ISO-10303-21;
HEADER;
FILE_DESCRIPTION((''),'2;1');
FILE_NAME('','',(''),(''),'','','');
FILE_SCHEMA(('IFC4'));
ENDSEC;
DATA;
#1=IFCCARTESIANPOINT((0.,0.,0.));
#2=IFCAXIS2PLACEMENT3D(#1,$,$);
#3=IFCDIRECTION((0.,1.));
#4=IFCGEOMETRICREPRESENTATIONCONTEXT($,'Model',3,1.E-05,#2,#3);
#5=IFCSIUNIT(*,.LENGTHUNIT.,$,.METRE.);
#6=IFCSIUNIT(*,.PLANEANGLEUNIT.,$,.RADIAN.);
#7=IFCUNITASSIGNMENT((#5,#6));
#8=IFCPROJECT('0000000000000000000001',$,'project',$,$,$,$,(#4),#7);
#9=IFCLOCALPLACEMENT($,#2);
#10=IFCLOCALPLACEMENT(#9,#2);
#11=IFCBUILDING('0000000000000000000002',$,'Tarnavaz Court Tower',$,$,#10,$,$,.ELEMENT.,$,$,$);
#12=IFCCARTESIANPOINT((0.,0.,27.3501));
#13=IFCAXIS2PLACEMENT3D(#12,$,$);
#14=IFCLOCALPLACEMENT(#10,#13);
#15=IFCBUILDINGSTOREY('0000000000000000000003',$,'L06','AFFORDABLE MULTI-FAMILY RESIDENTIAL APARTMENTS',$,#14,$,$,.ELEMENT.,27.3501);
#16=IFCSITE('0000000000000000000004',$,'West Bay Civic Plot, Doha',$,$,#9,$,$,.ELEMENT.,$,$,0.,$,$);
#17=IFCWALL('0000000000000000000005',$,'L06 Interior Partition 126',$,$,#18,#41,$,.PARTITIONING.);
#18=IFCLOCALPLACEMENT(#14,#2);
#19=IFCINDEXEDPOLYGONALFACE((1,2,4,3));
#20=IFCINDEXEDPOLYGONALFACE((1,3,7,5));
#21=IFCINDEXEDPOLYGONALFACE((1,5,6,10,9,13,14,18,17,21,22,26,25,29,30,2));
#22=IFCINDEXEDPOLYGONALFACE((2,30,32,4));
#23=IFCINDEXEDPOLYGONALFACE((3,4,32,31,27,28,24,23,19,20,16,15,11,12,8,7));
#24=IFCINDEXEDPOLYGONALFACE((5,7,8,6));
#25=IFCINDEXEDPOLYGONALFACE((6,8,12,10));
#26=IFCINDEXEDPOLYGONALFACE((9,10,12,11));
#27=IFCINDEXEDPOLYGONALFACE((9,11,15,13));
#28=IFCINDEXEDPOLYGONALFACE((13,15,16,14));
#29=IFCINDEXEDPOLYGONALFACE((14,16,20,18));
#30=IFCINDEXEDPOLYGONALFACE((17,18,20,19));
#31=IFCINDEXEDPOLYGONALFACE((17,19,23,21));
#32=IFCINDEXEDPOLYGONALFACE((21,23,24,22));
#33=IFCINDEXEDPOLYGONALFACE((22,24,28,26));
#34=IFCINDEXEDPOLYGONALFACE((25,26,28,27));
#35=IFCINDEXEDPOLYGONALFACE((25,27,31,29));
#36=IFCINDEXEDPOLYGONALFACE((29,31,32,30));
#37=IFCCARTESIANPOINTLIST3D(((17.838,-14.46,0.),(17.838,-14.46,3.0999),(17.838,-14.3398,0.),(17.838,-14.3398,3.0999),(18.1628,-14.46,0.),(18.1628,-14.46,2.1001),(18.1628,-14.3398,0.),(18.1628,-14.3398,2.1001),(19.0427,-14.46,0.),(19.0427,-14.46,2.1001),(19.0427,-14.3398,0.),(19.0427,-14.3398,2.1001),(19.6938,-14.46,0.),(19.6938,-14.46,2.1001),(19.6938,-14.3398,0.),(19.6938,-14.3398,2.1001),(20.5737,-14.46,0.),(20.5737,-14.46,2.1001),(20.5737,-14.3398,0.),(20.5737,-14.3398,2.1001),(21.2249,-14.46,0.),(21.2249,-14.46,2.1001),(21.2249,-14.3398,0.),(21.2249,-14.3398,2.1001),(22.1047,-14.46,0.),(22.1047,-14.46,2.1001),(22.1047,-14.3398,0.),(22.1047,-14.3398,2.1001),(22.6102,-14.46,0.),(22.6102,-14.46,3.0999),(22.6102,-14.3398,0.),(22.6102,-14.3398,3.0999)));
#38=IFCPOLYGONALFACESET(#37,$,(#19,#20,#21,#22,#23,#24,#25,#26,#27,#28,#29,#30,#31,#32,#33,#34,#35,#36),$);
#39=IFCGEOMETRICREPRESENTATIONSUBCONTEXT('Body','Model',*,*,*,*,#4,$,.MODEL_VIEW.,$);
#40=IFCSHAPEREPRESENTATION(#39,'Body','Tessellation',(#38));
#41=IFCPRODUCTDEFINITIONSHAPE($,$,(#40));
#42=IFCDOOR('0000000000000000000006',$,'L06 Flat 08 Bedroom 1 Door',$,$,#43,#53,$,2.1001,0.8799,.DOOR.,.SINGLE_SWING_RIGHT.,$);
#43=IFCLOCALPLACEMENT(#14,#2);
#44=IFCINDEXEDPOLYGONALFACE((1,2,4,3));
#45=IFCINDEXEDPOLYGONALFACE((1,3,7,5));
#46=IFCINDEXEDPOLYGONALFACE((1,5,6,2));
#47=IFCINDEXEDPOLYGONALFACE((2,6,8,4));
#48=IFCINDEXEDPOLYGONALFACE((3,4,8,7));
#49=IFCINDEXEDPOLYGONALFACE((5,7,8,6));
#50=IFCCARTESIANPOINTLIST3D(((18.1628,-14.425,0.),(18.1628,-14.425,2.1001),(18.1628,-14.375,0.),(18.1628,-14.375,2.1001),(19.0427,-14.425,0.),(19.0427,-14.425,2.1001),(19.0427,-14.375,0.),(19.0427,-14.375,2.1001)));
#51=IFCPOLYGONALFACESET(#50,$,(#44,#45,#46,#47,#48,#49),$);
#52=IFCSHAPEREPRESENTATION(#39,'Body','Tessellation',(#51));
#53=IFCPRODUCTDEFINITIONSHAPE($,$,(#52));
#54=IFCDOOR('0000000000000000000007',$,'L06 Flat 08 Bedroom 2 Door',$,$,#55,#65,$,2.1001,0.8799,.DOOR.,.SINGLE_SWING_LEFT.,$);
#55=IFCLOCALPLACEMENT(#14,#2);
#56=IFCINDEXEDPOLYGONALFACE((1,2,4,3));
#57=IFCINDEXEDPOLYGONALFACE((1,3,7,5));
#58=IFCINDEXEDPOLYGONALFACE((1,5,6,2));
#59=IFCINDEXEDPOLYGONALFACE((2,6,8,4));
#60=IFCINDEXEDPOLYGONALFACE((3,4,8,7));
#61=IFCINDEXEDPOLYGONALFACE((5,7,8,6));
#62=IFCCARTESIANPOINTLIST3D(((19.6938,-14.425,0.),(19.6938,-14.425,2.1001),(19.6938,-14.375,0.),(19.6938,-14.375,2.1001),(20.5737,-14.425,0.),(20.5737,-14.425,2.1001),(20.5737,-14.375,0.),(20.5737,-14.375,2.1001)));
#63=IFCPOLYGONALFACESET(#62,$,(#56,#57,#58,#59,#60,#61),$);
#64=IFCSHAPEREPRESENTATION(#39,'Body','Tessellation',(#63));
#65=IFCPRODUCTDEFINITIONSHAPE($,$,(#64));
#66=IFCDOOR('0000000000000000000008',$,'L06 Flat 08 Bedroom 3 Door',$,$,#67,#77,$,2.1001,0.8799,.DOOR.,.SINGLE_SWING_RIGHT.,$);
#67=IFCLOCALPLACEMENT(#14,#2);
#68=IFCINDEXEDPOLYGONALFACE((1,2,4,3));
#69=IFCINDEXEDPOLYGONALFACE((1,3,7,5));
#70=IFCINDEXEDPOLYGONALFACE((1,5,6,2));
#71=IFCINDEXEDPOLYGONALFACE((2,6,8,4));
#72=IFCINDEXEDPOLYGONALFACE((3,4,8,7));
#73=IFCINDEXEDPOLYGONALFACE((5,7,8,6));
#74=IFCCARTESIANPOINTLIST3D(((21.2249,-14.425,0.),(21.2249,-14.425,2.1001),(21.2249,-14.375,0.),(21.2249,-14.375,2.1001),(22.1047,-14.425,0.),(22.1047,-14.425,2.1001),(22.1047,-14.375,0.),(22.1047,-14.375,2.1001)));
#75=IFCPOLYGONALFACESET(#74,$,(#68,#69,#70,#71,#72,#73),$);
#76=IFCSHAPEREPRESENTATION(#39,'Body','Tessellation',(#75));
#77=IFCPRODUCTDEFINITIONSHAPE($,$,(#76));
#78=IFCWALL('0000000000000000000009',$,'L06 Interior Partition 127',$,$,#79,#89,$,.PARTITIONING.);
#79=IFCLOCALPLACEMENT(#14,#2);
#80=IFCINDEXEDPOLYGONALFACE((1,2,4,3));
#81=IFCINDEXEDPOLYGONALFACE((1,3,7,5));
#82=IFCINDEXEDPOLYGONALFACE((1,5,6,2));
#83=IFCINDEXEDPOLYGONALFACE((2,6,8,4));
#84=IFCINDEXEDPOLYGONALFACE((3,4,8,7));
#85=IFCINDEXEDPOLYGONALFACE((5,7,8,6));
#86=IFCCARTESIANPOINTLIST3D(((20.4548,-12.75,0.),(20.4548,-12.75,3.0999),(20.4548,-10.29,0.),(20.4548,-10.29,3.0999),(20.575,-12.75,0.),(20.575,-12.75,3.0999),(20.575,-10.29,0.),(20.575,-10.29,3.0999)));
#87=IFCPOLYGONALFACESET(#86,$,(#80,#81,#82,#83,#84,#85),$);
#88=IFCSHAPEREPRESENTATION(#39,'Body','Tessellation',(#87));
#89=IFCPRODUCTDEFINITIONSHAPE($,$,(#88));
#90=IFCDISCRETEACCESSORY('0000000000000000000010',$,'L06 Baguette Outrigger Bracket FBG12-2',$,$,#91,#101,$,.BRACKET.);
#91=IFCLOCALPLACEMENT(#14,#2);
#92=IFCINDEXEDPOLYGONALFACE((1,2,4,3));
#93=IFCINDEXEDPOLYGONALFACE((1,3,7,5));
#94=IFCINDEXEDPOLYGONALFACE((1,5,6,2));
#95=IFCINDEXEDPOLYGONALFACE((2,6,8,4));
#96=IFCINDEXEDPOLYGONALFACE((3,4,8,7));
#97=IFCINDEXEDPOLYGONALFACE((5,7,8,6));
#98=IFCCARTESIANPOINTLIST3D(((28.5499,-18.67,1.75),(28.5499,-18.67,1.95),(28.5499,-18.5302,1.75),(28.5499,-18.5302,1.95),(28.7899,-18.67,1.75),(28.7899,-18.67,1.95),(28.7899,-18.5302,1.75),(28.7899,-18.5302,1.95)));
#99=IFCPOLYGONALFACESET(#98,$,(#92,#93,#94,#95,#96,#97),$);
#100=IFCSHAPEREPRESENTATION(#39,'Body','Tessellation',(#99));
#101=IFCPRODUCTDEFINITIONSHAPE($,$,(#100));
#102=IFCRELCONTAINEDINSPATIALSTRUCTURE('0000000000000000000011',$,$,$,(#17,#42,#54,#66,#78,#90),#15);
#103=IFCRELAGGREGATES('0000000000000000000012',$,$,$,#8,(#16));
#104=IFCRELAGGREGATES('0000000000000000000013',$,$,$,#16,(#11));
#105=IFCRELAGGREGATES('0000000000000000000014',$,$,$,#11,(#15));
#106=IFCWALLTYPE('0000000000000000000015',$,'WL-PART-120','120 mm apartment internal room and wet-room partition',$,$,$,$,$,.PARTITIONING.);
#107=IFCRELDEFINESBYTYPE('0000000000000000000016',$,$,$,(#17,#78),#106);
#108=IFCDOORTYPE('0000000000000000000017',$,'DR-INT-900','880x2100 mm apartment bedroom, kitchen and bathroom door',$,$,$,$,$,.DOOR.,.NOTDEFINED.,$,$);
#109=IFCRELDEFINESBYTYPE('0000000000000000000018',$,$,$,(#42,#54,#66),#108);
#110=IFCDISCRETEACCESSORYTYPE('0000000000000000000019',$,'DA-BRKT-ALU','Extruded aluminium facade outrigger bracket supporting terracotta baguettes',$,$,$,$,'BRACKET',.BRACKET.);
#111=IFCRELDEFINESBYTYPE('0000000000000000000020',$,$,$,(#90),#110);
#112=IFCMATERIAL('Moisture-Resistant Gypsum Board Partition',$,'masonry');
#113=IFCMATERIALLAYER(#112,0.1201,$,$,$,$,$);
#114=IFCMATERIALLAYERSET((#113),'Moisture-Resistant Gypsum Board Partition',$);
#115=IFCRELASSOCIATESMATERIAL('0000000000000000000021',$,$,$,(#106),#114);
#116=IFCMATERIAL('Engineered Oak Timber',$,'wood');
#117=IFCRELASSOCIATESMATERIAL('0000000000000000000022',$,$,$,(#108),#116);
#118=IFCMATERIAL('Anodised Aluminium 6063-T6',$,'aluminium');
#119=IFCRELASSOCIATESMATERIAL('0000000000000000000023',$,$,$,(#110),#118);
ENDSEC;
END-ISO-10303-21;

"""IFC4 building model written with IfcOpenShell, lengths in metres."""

from ifc_helpers import new_model, si_unit, direction, frame, frame_2d, origin, origin_2d, place, context, subcontext, project, spatial, rectangle, extrude, material, layer, layer_set, type_object, element, fill, save


model = new_model("IFC4")

# Units and contexts
model_context = context("Model", 3, precision=1e-05, world=origin(), true_north=direction((0.0, 1.0)))
body_context = subcontext(model_context, "Body", "Model", "MODEL_VIEW")
ifc_project = project(units=[si_unit("LENGTHUNIT", "METRE"), si_unit("PLANEANGLEUNIT", "RADIAN")], contexts=[model_context])

# Site, building, storey
site_placement = place(None, origin())
site = spatial("IfcSite", under=ifc_project, at=site_placement, Name="West Bay Civic Plot, Doha", CompositionType="ELEMENT", RefElevation=0.0)
building_placement = place(site_placement, origin())
building = spatial("IfcBuilding", under=site, at=building_placement, Name="Tarnavaz Court Tower", CompositionType="ELEMENT")
storey_placement = place(building_placement, frame((0.0, 0.0, 27.3501)))
storey = spatial("IfcBuildingStorey", under=building, at=storey_placement, Name="L06", Description="AFFORDABLE MULTI-FAMILY RESIDENTIAL APARTMENTS", CompositionType="ELEMENT", Elevation=27.3501)

# Shared definitions
ifc_material_1 = material(Name="Engineered Oak Timber", Category="wood")
ifc_material_2 = material(Name="Moisture-Resistant Gypsum Board Partition", Category="masonry")
ifc_layer_1 = layer(ifc_material_2, 0.1201)
ifc_layer_set_1 = layer_set([ifc_layer_1], Name="Moisture-Resistant Gypsum Board Partition")
wall_type_1 = type_object("IfcWallType", Name="WL-PART-120", Description="120 mm apartment internal room and wet-room partition", PredefinedType="PARTITIONING", material=ifc_layer_set_1)
door_type_1 = type_object("IfcDoorType", Name="DR-INT-900", Description="880x2100 mm apartment bedroom, kitchen and bathroom door", OperationType="NOTDEFINED", PredefinedType="DOOR", material=ifc_material_1)

# Wall, openings, doors
wall_1_placement = place(storey_placement, frame((17.8379, -14.3999, 0.0), z_axis=(0.0, 0.0, 1.0), x_axis=(1.0, 0.0, 0.0)))
wall_1 = element("IfcWall", 1, at=wall_1_placement, inside=storey, type_object=wall_type_1, Name="L06 Interior Partition 126", PredefinedType="PARTITIONING", context=body_context, shape_type="SweptSolid", body=[
    extrude(rectangle(XDim=4.7722, YDim=0.1201, at=frame_2d((2.3862, 0.0))), origin(), (0.0, 0.0, 1.0), 3.0999),
])
opening_1_placement = place(wall_1_placement, frame((0.325, 0.0, 0.0)))
opening_1 = element("IfcOpeningElement", 2, at=opening_1_placement, cuts=wall_1, PredefinedType="OPENING", context=body_context, shape_type="SweptSolid", body=[
    extrude(rectangle(XDim=0.8799, YDim=2.1001, at=frame_2d((0.4399, 1.05))), frame((0.0, 0.0701, 0.0), z_axis=(0.0, -1.0, 0.0), x_axis=(1.0, 0.0, 0.0)), (0.0, 0.0, 1.0), 0.1401),
])
opening_2_placement = place(wall_1_placement, frame((1.856, 0.0, 0.0)))
opening_2 = element("IfcOpeningElement", 3, at=opening_2_placement, cuts=wall_1, PredefinedType="OPENING", context=body_context, shape_type="SweptSolid", body=[
    extrude(rectangle(XDim=0.8799, YDim=2.1001, at=frame_2d((0.4399, 1.05))), frame((0.0, 0.0701, 0.0), z_axis=(0.0, -1.0, 0.0), x_axis=(1.0, 0.0, 0.0)), (0.0, 0.0, 1.0), 0.1401),
])
opening_3_placement = place(wall_1_placement, frame((3.387, 0.0, 0.0)))
opening_3 = element("IfcOpeningElement", 4, at=opening_3_placement, cuts=wall_1, PredefinedType="OPENING", context=body_context, shape_type="SweptSolid", body=[
    extrude(rectangle(XDim=0.8799, YDim=2.1001, at=frame_2d((0.4399, 1.05))), frame((0.0, 0.0701, 0.0), z_axis=(0.0, -1.0, 0.0), x_axis=(1.0, 0.0, 0.0)), (0.0, 0.0, 1.0), 0.1401),
])
door_1_placement = place(opening_1_placement, origin())
door_1 = element("IfcDoor", 5, at=door_1_placement, inside=storey, type_object=door_type_1, Name="L06 Flat 08 Bedroom 1 Door", OperationType="SINGLE_SWING_RIGHT", OverallHeight=2.1001, OverallWidth=0.8799, PredefinedType="DOOR", context=body_context, shape_type="SweptSolid", body=[
    extrude(rectangle(XDim=0.8799, YDim=2.1001, at=frame_2d((0.4399, 1.05))), frame((0.0, 0.0249, 0.0), z_axis=(0.0, -1.0, 0.0), x_axis=(1.0, 0.0, 0.0)), (0.0, 0.0, 1.0), 0.05),
])
fill(opening_1, door_1)
door_2_placement = place(opening_2_placement, origin())
door_2 = element("IfcDoor", 6, at=door_2_placement, inside=storey, type_object=door_type_1, Name="L06 Flat 08 Bedroom 2 Door", OperationType="SINGLE_SWING_LEFT", OverallHeight=2.1001, OverallWidth=0.8799, PredefinedType="DOOR", context=body_context, shape_type="SweptSolid", body=[
    extrude(rectangle(XDim=0.8799, YDim=2.1001, at=frame_2d((0.4399, 1.05))), frame((0.0, 0.0249, 0.0), z_axis=(0.0, -1.0, 0.0), x_axis=(1.0, 0.0, 0.0)), (0.0, 0.0, 1.0), 0.05),
])
fill(opening_2, door_2)
door_3_placement = place(opening_3_placement, origin())
door_3 = element("IfcDoor", 7, at=door_3_placement, inside=storey, type_object=door_type_1, Name="L06 Flat 08 Bedroom 3 Door", OperationType="SINGLE_SWING_RIGHT", OverallHeight=2.1001, OverallWidth=0.8799, PredefinedType="DOOR", context=body_context, shape_type="SweptSolid", body=[
    extrude(rectangle(XDim=0.8799, YDim=2.1001, at=frame_2d((0.4399, 1.05))), frame((0.0, 0.0249, 0.0), z_axis=(0.0, -1.0, 0.0), x_axis=(1.0, 0.0, 0.0)), (0.0, 0.0, 1.0), 0.05),
])
fill(opening_3, door_3)

# Wall
wall_2_placement = place(storey_placement, frame((20.5149, -12.75, 0.0), z_axis=(0.0, 0.0, 1.0), x_axis=(0.0, 1.0, 0.0)))
element("IfcWall", 8, at=wall_2_placement, inside=storey, type_object=wall_type_1, Name="L06 Interior Partition 127", PredefinedType="PARTITIONING", context=body_context, shape_type="SweptSolid", body=[
    extrude(rectangle(XDim=2.46, YDim=0.1201, at=frame_2d((1.23, 0.0))), origin(), (0.0, 0.0, 1.0), 3.0999),
])

# Discrete accessory
ifc_material_3 = material(Name="Anodised Aluminium 6063-T6", Category="aluminium")
discrete_accessory_type = type_object("IfcDiscreteAccessoryType", Name="DA-BRKT-ALU", Description="Extruded aluminium facade outrigger bracket supporting terracotta baguettes", ElementType="BRACKET", PredefinedType="BRACKET", material=ifc_material_3)
discrete_accessory_placement = place(storey_placement, frame((28.6699, -18.6001, 1.75), z_axis=(0.0, 0.0, 1.0), x_axis=(0.0, -1.0, 0.0)))
element("IfcDiscreteAccessory", 9, at=discrete_accessory_placement, inside=storey, type_object=discrete_accessory_type, Name="L06 Baguette Outrigger Bracket FBG12-2", PredefinedType="BRACKET", context=body_context, shape_type="SweptSolid", body=[
    extrude(rectangle(XDim=0.1399, YDim=0.24, at=origin_2d()), origin(), (0.0, 0.0, 1.0), 0.2),
])

save(model, "model.ifc")
